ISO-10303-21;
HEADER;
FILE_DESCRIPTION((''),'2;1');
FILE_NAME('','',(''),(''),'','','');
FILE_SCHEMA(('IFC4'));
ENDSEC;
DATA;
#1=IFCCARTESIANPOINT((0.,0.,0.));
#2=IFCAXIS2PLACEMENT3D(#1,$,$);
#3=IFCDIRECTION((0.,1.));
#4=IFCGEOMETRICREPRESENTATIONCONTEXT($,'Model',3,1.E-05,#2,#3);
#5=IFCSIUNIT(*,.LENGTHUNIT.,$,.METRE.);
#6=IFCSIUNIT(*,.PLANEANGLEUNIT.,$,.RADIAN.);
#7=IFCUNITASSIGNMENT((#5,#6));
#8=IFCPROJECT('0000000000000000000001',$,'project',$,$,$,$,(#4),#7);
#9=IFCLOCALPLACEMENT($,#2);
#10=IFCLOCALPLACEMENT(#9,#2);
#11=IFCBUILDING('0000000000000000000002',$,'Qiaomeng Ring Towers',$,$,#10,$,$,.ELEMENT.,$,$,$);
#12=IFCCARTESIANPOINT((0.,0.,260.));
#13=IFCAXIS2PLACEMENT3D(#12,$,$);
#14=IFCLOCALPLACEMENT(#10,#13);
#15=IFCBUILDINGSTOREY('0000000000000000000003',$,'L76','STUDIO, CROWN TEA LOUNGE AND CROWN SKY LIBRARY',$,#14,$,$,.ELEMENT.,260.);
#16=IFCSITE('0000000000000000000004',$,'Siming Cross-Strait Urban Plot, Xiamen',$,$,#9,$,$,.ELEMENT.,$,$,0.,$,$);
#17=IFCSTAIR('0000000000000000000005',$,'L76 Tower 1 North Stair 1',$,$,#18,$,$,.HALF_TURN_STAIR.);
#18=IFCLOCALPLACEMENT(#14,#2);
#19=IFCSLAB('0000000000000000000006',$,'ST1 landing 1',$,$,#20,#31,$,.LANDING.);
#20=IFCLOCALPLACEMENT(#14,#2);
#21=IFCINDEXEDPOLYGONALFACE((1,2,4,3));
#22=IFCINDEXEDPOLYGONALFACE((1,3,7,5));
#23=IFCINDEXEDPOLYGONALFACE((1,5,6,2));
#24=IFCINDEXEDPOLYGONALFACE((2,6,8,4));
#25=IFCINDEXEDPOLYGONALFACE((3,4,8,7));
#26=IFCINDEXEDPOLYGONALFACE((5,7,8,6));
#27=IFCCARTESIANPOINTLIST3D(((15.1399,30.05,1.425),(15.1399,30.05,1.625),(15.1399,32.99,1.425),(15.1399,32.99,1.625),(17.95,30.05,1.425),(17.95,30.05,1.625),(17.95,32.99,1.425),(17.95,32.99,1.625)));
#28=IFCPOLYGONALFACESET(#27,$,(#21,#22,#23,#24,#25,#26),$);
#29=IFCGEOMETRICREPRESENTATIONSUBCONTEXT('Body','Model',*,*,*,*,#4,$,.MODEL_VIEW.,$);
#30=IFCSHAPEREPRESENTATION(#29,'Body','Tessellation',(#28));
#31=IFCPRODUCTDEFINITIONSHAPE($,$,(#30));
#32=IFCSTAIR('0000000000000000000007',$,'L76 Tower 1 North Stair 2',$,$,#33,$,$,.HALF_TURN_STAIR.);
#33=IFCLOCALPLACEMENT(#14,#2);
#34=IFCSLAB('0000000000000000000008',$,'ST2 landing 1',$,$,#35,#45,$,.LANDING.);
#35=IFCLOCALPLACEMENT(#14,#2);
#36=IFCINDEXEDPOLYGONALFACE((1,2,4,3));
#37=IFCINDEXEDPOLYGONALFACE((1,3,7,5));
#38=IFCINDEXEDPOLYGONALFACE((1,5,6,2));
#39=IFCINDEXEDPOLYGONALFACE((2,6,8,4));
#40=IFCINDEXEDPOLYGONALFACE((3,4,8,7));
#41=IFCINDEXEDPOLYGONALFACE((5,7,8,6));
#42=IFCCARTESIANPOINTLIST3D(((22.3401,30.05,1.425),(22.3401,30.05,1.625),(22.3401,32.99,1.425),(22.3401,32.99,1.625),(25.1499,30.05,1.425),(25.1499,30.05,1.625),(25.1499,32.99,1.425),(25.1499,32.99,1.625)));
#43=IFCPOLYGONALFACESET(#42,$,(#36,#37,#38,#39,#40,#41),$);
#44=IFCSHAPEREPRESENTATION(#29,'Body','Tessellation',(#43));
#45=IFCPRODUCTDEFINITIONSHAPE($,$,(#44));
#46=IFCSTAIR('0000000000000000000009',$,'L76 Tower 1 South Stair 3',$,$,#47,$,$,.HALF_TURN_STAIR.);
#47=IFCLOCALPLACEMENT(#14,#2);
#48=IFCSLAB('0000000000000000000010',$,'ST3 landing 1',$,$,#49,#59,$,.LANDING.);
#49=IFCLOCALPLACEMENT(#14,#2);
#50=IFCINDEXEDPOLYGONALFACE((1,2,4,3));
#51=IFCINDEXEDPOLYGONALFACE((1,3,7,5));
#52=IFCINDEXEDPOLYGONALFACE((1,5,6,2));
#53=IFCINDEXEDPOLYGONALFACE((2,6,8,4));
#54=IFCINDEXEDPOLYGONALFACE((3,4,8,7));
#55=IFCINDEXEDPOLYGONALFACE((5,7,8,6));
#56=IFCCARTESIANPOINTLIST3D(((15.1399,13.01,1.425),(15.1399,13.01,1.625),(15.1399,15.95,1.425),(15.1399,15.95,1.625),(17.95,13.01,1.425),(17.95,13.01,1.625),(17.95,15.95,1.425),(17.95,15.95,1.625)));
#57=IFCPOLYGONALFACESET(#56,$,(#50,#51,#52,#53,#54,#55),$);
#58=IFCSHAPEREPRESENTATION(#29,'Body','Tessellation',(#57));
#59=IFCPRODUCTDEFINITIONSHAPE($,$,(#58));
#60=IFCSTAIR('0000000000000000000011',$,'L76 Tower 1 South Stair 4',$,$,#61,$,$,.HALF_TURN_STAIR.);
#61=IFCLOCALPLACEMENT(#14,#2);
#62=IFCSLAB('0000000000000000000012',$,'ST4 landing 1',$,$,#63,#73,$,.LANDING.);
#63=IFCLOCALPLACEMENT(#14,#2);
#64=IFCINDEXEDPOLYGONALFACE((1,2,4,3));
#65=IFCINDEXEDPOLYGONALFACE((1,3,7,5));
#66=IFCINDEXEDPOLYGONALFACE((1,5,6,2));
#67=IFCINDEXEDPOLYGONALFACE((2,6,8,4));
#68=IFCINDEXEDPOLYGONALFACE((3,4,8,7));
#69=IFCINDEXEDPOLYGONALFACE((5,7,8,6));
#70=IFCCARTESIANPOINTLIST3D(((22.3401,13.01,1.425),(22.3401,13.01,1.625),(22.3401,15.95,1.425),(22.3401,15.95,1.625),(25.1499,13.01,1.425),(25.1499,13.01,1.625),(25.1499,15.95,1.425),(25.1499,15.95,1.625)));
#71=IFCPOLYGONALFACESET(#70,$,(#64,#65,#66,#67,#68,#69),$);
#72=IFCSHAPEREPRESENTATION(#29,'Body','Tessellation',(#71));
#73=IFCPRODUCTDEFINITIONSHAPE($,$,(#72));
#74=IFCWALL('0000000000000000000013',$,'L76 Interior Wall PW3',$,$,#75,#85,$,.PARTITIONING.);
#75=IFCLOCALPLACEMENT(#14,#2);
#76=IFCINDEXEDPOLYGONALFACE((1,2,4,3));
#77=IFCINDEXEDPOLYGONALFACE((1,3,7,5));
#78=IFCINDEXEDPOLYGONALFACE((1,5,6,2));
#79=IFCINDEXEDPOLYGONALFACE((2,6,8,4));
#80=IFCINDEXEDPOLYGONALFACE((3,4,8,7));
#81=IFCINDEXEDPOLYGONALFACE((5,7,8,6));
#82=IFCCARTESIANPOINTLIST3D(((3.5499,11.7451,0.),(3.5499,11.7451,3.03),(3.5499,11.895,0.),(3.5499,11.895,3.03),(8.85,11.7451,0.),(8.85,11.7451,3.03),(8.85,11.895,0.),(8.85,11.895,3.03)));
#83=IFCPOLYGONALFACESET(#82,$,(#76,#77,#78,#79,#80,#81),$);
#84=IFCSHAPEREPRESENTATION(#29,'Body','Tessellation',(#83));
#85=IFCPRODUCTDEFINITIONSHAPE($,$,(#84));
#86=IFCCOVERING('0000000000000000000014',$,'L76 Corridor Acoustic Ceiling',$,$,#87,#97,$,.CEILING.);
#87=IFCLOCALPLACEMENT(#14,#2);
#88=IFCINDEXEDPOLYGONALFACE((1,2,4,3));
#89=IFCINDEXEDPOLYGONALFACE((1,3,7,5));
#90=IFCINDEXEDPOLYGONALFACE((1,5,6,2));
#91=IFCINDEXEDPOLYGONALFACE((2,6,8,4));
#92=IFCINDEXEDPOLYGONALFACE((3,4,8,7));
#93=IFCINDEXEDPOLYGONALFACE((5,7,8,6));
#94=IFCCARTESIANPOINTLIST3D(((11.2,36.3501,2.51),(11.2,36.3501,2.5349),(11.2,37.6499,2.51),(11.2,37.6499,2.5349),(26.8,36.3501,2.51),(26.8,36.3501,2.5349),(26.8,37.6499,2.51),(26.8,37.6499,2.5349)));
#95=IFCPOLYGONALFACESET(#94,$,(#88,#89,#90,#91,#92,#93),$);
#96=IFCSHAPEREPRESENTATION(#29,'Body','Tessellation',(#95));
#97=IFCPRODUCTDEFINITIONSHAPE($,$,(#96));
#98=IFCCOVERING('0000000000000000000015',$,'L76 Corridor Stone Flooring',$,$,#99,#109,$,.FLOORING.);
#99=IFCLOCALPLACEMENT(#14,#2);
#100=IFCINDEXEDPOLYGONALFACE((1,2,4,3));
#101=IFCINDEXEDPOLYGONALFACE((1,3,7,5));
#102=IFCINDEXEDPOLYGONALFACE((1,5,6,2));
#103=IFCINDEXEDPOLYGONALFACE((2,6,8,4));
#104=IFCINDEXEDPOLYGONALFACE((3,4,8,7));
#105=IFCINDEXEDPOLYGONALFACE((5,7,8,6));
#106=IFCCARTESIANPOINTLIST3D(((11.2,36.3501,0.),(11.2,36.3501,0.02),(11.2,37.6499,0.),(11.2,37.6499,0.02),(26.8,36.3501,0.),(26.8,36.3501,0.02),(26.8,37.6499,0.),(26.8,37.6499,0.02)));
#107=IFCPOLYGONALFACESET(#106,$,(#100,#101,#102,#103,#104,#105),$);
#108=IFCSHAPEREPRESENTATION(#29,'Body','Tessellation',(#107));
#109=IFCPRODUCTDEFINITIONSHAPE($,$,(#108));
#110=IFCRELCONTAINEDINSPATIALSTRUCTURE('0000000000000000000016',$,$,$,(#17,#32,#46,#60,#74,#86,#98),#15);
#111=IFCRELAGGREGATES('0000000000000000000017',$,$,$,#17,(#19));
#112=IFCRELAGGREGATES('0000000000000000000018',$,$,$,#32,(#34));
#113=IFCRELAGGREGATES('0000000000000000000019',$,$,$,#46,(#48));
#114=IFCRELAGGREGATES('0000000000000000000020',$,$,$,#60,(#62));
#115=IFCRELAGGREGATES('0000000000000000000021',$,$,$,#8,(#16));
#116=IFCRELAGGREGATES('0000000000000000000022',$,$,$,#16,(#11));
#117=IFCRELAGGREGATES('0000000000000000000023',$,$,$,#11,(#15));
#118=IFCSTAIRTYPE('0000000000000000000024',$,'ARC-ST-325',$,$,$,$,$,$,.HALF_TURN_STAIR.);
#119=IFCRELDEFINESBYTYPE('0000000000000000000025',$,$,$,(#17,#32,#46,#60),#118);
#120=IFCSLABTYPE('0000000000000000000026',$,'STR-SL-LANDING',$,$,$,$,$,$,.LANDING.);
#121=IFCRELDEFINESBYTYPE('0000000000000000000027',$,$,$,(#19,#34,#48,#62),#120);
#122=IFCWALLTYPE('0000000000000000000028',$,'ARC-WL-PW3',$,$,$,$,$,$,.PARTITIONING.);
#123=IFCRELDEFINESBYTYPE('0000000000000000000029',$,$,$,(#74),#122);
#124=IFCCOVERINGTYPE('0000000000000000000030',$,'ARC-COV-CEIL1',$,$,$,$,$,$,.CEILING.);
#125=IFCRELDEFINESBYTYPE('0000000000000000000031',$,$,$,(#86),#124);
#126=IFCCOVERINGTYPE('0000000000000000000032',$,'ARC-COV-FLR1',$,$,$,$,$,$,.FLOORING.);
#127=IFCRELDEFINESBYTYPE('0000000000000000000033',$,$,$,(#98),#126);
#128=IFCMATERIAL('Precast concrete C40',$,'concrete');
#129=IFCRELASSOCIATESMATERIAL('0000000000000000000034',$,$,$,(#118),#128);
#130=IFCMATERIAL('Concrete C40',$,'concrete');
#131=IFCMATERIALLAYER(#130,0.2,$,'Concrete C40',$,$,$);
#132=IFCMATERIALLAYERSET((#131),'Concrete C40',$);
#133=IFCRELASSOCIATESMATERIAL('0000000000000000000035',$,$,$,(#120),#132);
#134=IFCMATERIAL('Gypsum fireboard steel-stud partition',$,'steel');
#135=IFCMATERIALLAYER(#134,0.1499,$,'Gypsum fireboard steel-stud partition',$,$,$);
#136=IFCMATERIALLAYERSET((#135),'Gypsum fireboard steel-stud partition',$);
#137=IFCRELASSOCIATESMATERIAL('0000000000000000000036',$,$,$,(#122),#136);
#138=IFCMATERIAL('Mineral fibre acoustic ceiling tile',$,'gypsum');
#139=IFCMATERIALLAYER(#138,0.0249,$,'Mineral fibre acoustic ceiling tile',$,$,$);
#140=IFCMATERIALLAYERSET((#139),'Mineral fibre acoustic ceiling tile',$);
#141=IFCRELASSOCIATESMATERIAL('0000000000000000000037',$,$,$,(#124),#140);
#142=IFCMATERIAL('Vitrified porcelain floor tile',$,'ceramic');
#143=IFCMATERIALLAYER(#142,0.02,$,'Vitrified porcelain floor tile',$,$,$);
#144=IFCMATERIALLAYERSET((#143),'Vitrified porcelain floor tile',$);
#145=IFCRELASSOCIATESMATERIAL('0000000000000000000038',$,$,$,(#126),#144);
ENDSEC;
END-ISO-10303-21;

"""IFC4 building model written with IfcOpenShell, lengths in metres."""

from ifc_helpers import new_model, si_unit, direction, frame, frame_2d, origin, place, context, subcontext, project, spatial, polyline, rectangle, outline, extrude, material, layer, layer_set, type_object, element, aggregate, save


model = new_model("IFC4")

# Units and contexts
model_context = context("Model", 3, precision=1e-05, world=origin(), true_north=direction((0.0, 1.0)))
body_context = subcontext(model_context, "Body", "Model", "MODEL_VIEW")
ifc_project = project(units=[si_unit("LENGTHUNIT", "METRE"), si_unit("PLANEANGLEUNIT", "RADIAN")], contexts=[model_context])

# Site, building, storey
site_placement = place(None, origin())
site = spatial("IfcSite", under=ifc_project, at=site_placement, Name="Siming Cross-Strait Urban Plot, Xiamen", CompositionType="ELEMENT", RefElevation=0.0)
building_placement = place(site_placement, origin())
building = spatial("IfcBuilding", under=site, at=building_placement, Name="Qiaomeng Ring Towers", CompositionType="ELEMENT")
storey_placement = place(building_placement, frame((0.0, 0.0, 260.0)))
storey = spatial("IfcBuildingStorey", under=building, at=storey_placement, Name="L76", Description="STUDIO, CROWN TEA LOUNGE AND CROWN SKY LIBRARY", CompositionType="ELEMENT", Elevation=260.0)

# Shared definitions
ifc_material_1 = material(Name="Concrete C40", Category="concrete")

# Stairs, slabs
ifc_material_2 = material(Name="Precast concrete C40", Category="concrete")
stair_type = type_object("IfcStairType", Name="ARC-ST-325", PredefinedType="HALF_TURN_STAIR", material=ifc_material_2)
stair_1_placement = place(storey_placement, origin())
stair_1 = element("IfcStair", 1, at=stair_1_placement, inside=storey, type_object=stair_type, Name="L76 Tower 1 North Stair 1", PredefinedType="HALF_TURN_STAIR")
ifc_layer_1 = layer(ifc_material_1, 0.2, Name="Concrete C40")
ifc_layer_set_1 = layer_set([ifc_layer_1], Name="Concrete C40")
slab_type_1 = type_object("IfcSlabType", Name="STR-SL-LANDING", PredefinedType="LANDING", material=ifc_layer_set_1)
slab_1_placement = place(storey_placement, frame((0.0, 0.0, 1.425)))
slab_1 = element("IfcSlab", 2, at=slab_1_placement, type_object=slab_type_1, Name="ST1 landing 1", PredefinedType="LANDING", context=body_context, shape_type="SweptSolid", body=[
    extrude(outline(polyline([(15.1399, 30.05), (17.95, 30.05), (17.95, 32.99), (15.1399, 32.99), (15.1399, 30.05)])), origin(), (0.0, 0.0, 1.0), 0.2),
])
aggregate(stair_1, [slab_1])
stair_2_placement = place(storey_placement, origin())
stair_2 = element("IfcStair", 3, at=stair_2_placement, inside=storey, type_object=stair_type, Name="L76 Tower 1 North Stair 2", PredefinedType="HALF_TURN_STAIR")
slab_2_placement = place(storey_placement, frame((0.0, 0.0, 1.425)))
slab_2 = element("IfcSlab", 4, at=slab_2_placement, type_object=slab_type_1, Name="ST2 landing 1", PredefinedType="LANDING", context=body_context, shape_type="SweptSolid", body=[
    extrude(outline(polyline([(22.3401, 30.05), (25.1499, 30.05), (25.1499, 32.99), (22.3401, 32.99), (22.3401, 30.05)])), origin(), (0.0, 0.0, 1.0), 0.2),
])
aggregate(stair_2, [slab_2])
stair_3_placement = place(storey_placement, origin())
stair_3 = element("IfcStair", 5, at=stair_3_placement, inside=storey, type_object=stair_type, Name="L76 Tower 1 South Stair 3", PredefinedType="HALF_TURN_STAIR")
slab_3_placement = place(storey_placement, frame((0.0, 0.0, 1.425)))
slab_3 = element("IfcSlab", 6, at=slab_3_placement, type_object=slab_type_1, Name="ST3 landing 1", PredefinedType="LANDING", context=body_context, shape_type="SweptSolid", body=[
    extrude(outline(polyline([(15.1399, 13.01), (17.95, 13.01), (17.95, 15.95), (15.1399, 15.95), (15.1399, 13.01)])), origin(), (0.0, 0.0, 1.0), 0.2),
])
aggregate(stair_3, [slab_3])
stair_4_placement = place(storey_placement, origin())
stair_4 = element("IfcStair", 7, at=stair_4_placement, inside=storey, type_object=stair_type, Name="L76 Tower 1 South Stair 4", PredefinedType="HALF_TURN_STAIR")
slab_4_placement = place(storey_placement, frame((0.0, 0.0, 1.425)))
slab_4 = element("IfcSlab", 8, at=slab_4_placement, type_object=slab_type_1, Name="ST4 landing 1", PredefinedType="LANDING", context=body_context, shape_type="SweptSolid", body=[
    extrude(outline(polyline([(22.3401, 13.01), (25.1499, 13.01), (25.1499, 15.95), (22.3401, 15.95), (22.3401, 13.01)])), origin(), (0.0, 0.0, 1.0), 0.2),
])
aggregate(stair_4, [slab_4])

# Wall
ifc_material_3 = material(Name="Gypsum fireboard steel-stud partition", Category="steel")
ifc_layer_2 = layer(ifc_material_3, 0.1499, Name="Gypsum fireboard steel-stud partition")
ifc_layer_set_2 = layer_set([ifc_layer_2], Name="Gypsum fireboard steel-stud partition")
wall_type = type_object("IfcWallType", Name="ARC-WL-PW3", PredefinedType="PARTITIONING", material=ifc_layer_set_2)
wall_placement = place(storey_placement, frame((3.55, 11.8201, 0.0), z_axis=(0.0, 0.0, 1.0), x_axis=(1.0, 0.0, 0.0)))
element("IfcWall", 9, at=wall_placement, inside=storey, type_object=wall_type, Name="L76 Interior Wall PW3", PredefinedType="PARTITIONING", context=body_context, shape_type="SweptSolid", body=[
    extrude(rectangle(XDim=5.3, YDim=0.1499, at=frame_2d((2.6499, 0.0))), origin(), (0.0, 0.0, 1.0), 3.03),
])

# Coverings
ifc_material_4 = material(Name="Mineral fibre acoustic ceiling tile", Category="gypsum")
ifc_layer_3 = layer(ifc_material_4, 0.0249, Name="Mineral fibre acoustic ceiling tile")
ifc_layer_set_3 = layer_set([ifc_layer_3], Name="Mineral fibre acoustic ceiling tile")
covering_type_1 = type_object("IfcCoveringType", Name="ARC-COV-CEIL1", PredefinedType="CEILING", material=ifc_layer_set_3)
covering_1_placement = place(storey_placement, frame((0.0, 0.0, 2.51)))
element("IfcCovering", 10, at=covering_1_placement, inside=storey, type_object=covering_type_1, Name="L76 Corridor Acoustic Ceiling", PredefinedType="CEILING", context=body_context, shape_type="SweptSolid", body=[
    extrude(outline(polyline([(11.2, 36.3501), (11.2, 37.6499), (26.8, 37.6499), (26.8, 36.3501), (11.2, 36.3501)])), origin(), (0.0, 0.0, 1.0), 0.0249),
])
ifc_material_5 = material(Name="Vitrified porcelain floor tile", Category="ceramic")
ifc_layer_4 = layer(ifc_material_5, 0.02, Name="Vitrified porcelain floor tile")
ifc_layer_set_4 = layer_set([ifc_layer_4], Name="Vitrified porcelain floor tile")
covering_type_2 = type_object("IfcCoveringType", Name="ARC-COV-FLR1", PredefinedType="FLOORING", material=ifc_layer_set_4)
covering_2_placement = place(storey_placement, origin())
element("IfcCovering", 11, at=covering_2_placement, inside=storey, type_object=covering_type_2, Name="L76 Corridor Stone Flooring", PredefinedType="FLOORING", context=body_context, shape_type="SweptSolid", body=[
    extrude(outline(polyline([(11.2, 36.3501), (11.2, 37.6499), (26.8, 37.6499), (26.8, 36.3501), (11.2, 36.3501)])), origin(), (0.0, 0.0, 1.0), 0.02),
])

save(model, "model.ifc")
